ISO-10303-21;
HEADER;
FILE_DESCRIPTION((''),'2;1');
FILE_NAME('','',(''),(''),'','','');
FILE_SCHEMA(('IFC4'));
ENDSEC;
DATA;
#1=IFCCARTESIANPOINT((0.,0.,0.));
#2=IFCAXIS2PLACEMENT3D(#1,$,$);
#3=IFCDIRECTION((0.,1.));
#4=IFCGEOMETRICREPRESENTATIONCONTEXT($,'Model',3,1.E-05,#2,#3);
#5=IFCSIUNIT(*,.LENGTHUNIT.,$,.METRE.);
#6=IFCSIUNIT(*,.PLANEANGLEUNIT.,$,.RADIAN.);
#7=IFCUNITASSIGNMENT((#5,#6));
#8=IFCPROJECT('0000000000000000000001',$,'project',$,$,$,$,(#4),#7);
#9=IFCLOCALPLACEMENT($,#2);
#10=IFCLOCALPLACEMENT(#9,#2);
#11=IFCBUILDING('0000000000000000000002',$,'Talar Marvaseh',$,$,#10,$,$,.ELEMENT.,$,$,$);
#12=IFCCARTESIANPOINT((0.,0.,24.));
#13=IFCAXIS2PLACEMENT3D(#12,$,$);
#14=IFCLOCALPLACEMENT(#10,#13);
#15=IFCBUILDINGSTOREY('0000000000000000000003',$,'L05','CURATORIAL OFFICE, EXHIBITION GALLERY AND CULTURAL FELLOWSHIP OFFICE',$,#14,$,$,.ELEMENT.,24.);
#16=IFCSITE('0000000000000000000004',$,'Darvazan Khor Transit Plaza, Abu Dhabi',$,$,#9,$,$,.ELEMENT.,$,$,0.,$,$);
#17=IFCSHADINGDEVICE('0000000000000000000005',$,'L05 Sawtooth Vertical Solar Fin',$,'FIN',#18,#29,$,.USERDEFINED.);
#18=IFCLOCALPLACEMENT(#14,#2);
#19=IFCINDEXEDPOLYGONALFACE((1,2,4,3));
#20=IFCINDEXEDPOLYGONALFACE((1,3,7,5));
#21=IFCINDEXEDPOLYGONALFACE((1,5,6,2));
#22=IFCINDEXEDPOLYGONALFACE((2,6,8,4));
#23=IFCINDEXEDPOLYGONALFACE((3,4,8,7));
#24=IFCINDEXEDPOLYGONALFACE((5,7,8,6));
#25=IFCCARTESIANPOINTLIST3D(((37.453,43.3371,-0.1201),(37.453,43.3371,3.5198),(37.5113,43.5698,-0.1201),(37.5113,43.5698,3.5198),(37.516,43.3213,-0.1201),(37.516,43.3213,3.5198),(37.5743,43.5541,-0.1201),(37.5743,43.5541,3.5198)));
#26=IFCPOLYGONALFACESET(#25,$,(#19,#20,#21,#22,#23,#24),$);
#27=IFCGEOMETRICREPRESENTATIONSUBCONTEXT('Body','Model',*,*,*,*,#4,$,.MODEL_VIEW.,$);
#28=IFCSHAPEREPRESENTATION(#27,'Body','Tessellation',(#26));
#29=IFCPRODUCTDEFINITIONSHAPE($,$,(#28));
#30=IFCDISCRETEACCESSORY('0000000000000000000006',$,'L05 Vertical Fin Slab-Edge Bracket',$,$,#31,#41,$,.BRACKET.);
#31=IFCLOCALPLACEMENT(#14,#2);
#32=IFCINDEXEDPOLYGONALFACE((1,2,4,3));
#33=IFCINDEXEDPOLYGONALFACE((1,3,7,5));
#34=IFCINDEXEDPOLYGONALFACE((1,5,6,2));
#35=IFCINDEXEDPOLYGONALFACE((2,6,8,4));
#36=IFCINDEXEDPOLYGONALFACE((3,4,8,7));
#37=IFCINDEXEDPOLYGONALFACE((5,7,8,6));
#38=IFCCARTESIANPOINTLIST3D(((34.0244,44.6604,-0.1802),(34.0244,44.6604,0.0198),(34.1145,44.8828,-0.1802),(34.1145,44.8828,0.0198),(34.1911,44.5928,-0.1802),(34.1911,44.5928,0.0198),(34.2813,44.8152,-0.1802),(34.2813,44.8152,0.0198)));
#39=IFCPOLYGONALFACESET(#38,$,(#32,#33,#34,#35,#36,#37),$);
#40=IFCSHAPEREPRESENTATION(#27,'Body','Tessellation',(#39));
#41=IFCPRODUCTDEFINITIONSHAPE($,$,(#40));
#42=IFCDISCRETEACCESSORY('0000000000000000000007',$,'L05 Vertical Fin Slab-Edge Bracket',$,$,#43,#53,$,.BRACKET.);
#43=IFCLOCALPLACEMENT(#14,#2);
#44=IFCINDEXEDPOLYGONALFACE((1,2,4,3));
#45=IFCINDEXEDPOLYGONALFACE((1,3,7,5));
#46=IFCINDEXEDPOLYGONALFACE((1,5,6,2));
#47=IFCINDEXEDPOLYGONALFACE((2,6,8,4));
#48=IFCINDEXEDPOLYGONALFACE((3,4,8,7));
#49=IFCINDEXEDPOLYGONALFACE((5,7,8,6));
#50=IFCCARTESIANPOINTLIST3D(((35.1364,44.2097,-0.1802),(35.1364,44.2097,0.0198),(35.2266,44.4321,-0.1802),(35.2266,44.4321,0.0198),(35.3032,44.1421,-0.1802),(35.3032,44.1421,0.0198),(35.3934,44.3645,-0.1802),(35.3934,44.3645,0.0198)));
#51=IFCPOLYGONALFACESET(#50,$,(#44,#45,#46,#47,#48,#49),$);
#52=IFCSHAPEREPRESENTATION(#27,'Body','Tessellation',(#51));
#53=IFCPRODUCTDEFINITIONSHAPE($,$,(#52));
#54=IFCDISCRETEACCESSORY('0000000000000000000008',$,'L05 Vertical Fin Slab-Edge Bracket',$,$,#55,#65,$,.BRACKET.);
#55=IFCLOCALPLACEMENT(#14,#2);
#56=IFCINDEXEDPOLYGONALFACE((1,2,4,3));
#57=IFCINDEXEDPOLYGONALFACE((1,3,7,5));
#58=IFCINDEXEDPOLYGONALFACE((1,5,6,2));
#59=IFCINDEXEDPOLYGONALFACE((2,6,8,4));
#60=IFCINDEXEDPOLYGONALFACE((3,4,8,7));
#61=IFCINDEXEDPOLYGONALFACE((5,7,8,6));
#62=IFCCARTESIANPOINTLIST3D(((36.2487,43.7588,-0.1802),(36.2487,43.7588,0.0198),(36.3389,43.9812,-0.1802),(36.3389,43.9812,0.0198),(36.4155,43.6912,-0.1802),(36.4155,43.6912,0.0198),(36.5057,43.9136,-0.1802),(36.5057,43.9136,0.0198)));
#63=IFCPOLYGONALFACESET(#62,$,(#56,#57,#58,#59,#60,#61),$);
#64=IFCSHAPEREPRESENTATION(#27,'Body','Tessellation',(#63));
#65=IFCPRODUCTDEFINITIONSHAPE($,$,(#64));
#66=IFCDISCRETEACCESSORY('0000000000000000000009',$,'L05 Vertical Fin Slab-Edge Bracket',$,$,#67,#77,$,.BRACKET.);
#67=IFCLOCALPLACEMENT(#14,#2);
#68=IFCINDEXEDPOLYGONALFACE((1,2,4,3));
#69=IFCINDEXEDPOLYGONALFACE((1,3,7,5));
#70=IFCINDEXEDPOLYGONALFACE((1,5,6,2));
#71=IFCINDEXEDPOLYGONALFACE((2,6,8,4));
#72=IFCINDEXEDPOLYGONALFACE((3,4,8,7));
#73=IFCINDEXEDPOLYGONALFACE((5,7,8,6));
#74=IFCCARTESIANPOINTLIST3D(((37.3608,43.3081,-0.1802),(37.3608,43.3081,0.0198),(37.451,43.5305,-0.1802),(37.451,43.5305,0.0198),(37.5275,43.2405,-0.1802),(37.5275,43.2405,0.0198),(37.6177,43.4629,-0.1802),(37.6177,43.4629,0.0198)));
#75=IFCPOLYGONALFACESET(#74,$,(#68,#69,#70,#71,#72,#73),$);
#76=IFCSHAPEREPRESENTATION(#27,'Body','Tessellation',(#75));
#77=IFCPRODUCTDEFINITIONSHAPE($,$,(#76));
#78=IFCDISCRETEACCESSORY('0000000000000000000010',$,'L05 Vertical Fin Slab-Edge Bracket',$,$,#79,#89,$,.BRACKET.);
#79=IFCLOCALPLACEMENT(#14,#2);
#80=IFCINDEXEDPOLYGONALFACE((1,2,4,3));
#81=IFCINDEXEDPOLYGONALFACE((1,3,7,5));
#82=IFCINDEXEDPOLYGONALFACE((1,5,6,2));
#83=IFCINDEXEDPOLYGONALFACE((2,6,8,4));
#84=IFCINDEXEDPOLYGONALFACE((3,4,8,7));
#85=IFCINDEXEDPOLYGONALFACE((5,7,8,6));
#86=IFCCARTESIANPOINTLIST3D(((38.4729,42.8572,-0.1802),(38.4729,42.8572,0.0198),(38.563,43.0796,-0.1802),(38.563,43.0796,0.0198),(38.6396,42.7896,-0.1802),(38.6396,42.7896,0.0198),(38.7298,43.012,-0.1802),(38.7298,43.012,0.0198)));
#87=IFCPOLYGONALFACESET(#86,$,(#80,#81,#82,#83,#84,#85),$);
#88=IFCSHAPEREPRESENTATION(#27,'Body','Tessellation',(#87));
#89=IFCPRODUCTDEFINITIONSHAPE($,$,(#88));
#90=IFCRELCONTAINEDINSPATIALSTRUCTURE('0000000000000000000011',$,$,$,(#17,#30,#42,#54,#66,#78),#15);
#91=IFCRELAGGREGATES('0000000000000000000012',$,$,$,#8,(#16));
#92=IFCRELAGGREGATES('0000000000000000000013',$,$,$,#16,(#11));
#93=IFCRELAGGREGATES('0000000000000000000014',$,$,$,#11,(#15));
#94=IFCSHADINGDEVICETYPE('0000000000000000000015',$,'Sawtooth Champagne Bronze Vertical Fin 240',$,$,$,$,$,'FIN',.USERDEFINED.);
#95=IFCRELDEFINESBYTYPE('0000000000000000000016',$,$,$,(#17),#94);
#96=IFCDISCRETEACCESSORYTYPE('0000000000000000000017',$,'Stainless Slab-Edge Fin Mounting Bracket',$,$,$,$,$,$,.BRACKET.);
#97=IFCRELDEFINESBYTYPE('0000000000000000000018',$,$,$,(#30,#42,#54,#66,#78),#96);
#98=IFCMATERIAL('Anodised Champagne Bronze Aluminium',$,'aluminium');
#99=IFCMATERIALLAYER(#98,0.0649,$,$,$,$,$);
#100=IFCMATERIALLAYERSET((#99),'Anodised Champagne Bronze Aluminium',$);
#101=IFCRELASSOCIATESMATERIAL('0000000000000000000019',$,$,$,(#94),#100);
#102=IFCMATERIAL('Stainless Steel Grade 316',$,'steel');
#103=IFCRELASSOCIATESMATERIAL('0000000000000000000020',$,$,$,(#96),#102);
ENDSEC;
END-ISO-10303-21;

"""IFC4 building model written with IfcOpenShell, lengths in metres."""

from ifc_helpers import new_model, si_unit, direction, frame, origin, origin_2d, place, context, subcontext, project, spatial, rectangle, extrude, source, transform, mapped, material, layer, layer_set, type_object, type_shapes, element, save


model = new_model("IFC4")

# Units and contexts
model_context = context("Model", 3, precision=1e-05, world=origin(), true_north=direction((0.0, 1.0)))
body_context = subcontext(model_context, "Body", "Model", "MODEL_VIEW")
ifc_project = project(units=[si_unit("LENGTHUNIT", "METRE"), si_unit("PLANEANGLEUNIT", "RADIAN")], contexts=[model_context])

# Site, building, storey
site_placement = place(None, origin())
site = spatial("IfcSite", under=ifc_project, at=site_placement, Name="Darvazan Khor Transit Plaza, Abu Dhabi", CompositionType="ELEMENT", RefElevation=0.0)
building_placement = place(site_placement, origin())
building = spatial("IfcBuilding", under=site, at=building_placement, Name="Talar Marvaseh", CompositionType="ELEMENT")
storey_placement = place(building_placement, frame((0.0, 0.0, 24.0)))
storey = spatial("IfcBuildingStorey", under=building, at=storey_placement, Name="L05", Description="CURATORIAL OFFICE, EXHIBITION GALLERY AND CULTURAL FELLOWSHIP OFFICE", CompositionType="ELEMENT", Elevation=24.0)

# Shading device
ifc_material_1 = material(Name="Anodised Champagne Bronze Aluminium", Category="aluminium")
ifc_layer_1 = layer(ifc_material_1, 0.0649)
ifc_layer_set_1 = layer_set([ifc_layer_1], Name="Anodised Champagne Bronze Aluminium")
shading_device_type = type_object("IfcShadingDeviceType", Name="Sawtooth Champagne Bronze Vertical Fin 240", ElementType="FIN", PredefinedType="USERDEFINED", material=ifc_layer_set_1)
shared_shape_1 = source(origin(), body_context, "Body", "SweptSolid", [
    extrude(rectangle(XDim=0.24, YDim=0.0649, at=origin_2d()), origin(), (0.0, 0.0, 1.0), 3.6399),
])
type_shapes(shading_device_type, [shared_shape_1])
for number, where, z_axis, x_axis, name in (
    (1, (37.5137, 43.4456, -0.1201), (0.0, 0.0, 1.0), (0.243107, 0.969999, 0.0), "L05 Sawtooth Vertical Solar Fin"),
):
    element("IfcShadingDevice", number, at=place(storey_placement, frame(where, z_axis=z_axis, x_axis=x_axis)), inside=storey, type_object=shading_device_type, Name=name, ObjectType="FIN", PredefinedType="USERDEFINED", context=body_context, shape_type="MappedRepresentation", body=[
        mapped(shared_shape_1, transform((0.0, 0.0, 0.0), x_axis=(1.0, 0.0, 0.0), y_axis=(0.0, 1.0, 0.0), z_axis=(0.0, 0.0, 1.0), scale=1.0)),
    ])

# Discrete accessories
ifc_material_2 = material(Name="Stainless Steel Grade 316", Category="steel")
discrete_accessory_type = type_object("IfcDiscreteAccessoryType", Name="Stainless Slab-Edge Fin Mounting Bracket", PredefinedType="BRACKET", material=ifc_material_2)
shared_shape_2 = source(origin(), body_context, "Body", "SweptSolid", [
    extrude(rectangle(XDim=0.24, YDim=0.1799, at=origin_2d()), origin(), (0.0, 0.0, 1.0), 0.2),
])
type_shapes(discrete_accessory_type, [shared_shape_2])
for number, where, z_axis, x_axis, name in (
    (2, (34.1528, 44.7378, -0.1802), (0.0, 0.0, 1.0), (0.375739, 0.926725, 0.0), "L05 Vertical Fin Slab-Edge Bracket"),
    (3, (35.2649, 44.2871, -0.1802), (0.0, 0.0, 1.0), (0.375739, 0.926725, 0.0), "L05 Vertical Fin Slab-Edge Bracket"),
    (4, (36.3772, 43.8362, -0.1802), (0.0, 0.0, 1.0), (0.375739, 0.926725, 0.0), "L05 Vertical Fin Slab-Edge Bracket"),
    (5, (37.4893, 43.3855, -0.1802), (0.0, 0.0, 1.0), (0.375739, 0.926725, 0.0), "L05 Vertical Fin Slab-Edge Bracket"),
    (6, (38.6013, 42.9346, -0.1802), (0.0, 0.0, 1.0), (0.375739, 0.926725, 0.0), "L05 Vertical Fin Slab-Edge Bracket"),
):
    element("IfcDiscreteAccessory", number, at=place(storey_placement, frame(where, z_axis=z_axis, x_axis=x_axis)), inside=storey, type_object=discrete_accessory_type, Name=name, PredefinedType="BRACKET", context=body_context, shape_type="MappedRepresentation", body=[
        mapped(shared_shape_2, transform((0.0, 0.0, 0.0), x_axis=(1.0, 0.0, 0.0), y_axis=(0.0, 1.0, 0.0), z_axis=(0.0, 0.0, 1.0), scale=1.0)),
    ])

save(model, "model.ifc")
